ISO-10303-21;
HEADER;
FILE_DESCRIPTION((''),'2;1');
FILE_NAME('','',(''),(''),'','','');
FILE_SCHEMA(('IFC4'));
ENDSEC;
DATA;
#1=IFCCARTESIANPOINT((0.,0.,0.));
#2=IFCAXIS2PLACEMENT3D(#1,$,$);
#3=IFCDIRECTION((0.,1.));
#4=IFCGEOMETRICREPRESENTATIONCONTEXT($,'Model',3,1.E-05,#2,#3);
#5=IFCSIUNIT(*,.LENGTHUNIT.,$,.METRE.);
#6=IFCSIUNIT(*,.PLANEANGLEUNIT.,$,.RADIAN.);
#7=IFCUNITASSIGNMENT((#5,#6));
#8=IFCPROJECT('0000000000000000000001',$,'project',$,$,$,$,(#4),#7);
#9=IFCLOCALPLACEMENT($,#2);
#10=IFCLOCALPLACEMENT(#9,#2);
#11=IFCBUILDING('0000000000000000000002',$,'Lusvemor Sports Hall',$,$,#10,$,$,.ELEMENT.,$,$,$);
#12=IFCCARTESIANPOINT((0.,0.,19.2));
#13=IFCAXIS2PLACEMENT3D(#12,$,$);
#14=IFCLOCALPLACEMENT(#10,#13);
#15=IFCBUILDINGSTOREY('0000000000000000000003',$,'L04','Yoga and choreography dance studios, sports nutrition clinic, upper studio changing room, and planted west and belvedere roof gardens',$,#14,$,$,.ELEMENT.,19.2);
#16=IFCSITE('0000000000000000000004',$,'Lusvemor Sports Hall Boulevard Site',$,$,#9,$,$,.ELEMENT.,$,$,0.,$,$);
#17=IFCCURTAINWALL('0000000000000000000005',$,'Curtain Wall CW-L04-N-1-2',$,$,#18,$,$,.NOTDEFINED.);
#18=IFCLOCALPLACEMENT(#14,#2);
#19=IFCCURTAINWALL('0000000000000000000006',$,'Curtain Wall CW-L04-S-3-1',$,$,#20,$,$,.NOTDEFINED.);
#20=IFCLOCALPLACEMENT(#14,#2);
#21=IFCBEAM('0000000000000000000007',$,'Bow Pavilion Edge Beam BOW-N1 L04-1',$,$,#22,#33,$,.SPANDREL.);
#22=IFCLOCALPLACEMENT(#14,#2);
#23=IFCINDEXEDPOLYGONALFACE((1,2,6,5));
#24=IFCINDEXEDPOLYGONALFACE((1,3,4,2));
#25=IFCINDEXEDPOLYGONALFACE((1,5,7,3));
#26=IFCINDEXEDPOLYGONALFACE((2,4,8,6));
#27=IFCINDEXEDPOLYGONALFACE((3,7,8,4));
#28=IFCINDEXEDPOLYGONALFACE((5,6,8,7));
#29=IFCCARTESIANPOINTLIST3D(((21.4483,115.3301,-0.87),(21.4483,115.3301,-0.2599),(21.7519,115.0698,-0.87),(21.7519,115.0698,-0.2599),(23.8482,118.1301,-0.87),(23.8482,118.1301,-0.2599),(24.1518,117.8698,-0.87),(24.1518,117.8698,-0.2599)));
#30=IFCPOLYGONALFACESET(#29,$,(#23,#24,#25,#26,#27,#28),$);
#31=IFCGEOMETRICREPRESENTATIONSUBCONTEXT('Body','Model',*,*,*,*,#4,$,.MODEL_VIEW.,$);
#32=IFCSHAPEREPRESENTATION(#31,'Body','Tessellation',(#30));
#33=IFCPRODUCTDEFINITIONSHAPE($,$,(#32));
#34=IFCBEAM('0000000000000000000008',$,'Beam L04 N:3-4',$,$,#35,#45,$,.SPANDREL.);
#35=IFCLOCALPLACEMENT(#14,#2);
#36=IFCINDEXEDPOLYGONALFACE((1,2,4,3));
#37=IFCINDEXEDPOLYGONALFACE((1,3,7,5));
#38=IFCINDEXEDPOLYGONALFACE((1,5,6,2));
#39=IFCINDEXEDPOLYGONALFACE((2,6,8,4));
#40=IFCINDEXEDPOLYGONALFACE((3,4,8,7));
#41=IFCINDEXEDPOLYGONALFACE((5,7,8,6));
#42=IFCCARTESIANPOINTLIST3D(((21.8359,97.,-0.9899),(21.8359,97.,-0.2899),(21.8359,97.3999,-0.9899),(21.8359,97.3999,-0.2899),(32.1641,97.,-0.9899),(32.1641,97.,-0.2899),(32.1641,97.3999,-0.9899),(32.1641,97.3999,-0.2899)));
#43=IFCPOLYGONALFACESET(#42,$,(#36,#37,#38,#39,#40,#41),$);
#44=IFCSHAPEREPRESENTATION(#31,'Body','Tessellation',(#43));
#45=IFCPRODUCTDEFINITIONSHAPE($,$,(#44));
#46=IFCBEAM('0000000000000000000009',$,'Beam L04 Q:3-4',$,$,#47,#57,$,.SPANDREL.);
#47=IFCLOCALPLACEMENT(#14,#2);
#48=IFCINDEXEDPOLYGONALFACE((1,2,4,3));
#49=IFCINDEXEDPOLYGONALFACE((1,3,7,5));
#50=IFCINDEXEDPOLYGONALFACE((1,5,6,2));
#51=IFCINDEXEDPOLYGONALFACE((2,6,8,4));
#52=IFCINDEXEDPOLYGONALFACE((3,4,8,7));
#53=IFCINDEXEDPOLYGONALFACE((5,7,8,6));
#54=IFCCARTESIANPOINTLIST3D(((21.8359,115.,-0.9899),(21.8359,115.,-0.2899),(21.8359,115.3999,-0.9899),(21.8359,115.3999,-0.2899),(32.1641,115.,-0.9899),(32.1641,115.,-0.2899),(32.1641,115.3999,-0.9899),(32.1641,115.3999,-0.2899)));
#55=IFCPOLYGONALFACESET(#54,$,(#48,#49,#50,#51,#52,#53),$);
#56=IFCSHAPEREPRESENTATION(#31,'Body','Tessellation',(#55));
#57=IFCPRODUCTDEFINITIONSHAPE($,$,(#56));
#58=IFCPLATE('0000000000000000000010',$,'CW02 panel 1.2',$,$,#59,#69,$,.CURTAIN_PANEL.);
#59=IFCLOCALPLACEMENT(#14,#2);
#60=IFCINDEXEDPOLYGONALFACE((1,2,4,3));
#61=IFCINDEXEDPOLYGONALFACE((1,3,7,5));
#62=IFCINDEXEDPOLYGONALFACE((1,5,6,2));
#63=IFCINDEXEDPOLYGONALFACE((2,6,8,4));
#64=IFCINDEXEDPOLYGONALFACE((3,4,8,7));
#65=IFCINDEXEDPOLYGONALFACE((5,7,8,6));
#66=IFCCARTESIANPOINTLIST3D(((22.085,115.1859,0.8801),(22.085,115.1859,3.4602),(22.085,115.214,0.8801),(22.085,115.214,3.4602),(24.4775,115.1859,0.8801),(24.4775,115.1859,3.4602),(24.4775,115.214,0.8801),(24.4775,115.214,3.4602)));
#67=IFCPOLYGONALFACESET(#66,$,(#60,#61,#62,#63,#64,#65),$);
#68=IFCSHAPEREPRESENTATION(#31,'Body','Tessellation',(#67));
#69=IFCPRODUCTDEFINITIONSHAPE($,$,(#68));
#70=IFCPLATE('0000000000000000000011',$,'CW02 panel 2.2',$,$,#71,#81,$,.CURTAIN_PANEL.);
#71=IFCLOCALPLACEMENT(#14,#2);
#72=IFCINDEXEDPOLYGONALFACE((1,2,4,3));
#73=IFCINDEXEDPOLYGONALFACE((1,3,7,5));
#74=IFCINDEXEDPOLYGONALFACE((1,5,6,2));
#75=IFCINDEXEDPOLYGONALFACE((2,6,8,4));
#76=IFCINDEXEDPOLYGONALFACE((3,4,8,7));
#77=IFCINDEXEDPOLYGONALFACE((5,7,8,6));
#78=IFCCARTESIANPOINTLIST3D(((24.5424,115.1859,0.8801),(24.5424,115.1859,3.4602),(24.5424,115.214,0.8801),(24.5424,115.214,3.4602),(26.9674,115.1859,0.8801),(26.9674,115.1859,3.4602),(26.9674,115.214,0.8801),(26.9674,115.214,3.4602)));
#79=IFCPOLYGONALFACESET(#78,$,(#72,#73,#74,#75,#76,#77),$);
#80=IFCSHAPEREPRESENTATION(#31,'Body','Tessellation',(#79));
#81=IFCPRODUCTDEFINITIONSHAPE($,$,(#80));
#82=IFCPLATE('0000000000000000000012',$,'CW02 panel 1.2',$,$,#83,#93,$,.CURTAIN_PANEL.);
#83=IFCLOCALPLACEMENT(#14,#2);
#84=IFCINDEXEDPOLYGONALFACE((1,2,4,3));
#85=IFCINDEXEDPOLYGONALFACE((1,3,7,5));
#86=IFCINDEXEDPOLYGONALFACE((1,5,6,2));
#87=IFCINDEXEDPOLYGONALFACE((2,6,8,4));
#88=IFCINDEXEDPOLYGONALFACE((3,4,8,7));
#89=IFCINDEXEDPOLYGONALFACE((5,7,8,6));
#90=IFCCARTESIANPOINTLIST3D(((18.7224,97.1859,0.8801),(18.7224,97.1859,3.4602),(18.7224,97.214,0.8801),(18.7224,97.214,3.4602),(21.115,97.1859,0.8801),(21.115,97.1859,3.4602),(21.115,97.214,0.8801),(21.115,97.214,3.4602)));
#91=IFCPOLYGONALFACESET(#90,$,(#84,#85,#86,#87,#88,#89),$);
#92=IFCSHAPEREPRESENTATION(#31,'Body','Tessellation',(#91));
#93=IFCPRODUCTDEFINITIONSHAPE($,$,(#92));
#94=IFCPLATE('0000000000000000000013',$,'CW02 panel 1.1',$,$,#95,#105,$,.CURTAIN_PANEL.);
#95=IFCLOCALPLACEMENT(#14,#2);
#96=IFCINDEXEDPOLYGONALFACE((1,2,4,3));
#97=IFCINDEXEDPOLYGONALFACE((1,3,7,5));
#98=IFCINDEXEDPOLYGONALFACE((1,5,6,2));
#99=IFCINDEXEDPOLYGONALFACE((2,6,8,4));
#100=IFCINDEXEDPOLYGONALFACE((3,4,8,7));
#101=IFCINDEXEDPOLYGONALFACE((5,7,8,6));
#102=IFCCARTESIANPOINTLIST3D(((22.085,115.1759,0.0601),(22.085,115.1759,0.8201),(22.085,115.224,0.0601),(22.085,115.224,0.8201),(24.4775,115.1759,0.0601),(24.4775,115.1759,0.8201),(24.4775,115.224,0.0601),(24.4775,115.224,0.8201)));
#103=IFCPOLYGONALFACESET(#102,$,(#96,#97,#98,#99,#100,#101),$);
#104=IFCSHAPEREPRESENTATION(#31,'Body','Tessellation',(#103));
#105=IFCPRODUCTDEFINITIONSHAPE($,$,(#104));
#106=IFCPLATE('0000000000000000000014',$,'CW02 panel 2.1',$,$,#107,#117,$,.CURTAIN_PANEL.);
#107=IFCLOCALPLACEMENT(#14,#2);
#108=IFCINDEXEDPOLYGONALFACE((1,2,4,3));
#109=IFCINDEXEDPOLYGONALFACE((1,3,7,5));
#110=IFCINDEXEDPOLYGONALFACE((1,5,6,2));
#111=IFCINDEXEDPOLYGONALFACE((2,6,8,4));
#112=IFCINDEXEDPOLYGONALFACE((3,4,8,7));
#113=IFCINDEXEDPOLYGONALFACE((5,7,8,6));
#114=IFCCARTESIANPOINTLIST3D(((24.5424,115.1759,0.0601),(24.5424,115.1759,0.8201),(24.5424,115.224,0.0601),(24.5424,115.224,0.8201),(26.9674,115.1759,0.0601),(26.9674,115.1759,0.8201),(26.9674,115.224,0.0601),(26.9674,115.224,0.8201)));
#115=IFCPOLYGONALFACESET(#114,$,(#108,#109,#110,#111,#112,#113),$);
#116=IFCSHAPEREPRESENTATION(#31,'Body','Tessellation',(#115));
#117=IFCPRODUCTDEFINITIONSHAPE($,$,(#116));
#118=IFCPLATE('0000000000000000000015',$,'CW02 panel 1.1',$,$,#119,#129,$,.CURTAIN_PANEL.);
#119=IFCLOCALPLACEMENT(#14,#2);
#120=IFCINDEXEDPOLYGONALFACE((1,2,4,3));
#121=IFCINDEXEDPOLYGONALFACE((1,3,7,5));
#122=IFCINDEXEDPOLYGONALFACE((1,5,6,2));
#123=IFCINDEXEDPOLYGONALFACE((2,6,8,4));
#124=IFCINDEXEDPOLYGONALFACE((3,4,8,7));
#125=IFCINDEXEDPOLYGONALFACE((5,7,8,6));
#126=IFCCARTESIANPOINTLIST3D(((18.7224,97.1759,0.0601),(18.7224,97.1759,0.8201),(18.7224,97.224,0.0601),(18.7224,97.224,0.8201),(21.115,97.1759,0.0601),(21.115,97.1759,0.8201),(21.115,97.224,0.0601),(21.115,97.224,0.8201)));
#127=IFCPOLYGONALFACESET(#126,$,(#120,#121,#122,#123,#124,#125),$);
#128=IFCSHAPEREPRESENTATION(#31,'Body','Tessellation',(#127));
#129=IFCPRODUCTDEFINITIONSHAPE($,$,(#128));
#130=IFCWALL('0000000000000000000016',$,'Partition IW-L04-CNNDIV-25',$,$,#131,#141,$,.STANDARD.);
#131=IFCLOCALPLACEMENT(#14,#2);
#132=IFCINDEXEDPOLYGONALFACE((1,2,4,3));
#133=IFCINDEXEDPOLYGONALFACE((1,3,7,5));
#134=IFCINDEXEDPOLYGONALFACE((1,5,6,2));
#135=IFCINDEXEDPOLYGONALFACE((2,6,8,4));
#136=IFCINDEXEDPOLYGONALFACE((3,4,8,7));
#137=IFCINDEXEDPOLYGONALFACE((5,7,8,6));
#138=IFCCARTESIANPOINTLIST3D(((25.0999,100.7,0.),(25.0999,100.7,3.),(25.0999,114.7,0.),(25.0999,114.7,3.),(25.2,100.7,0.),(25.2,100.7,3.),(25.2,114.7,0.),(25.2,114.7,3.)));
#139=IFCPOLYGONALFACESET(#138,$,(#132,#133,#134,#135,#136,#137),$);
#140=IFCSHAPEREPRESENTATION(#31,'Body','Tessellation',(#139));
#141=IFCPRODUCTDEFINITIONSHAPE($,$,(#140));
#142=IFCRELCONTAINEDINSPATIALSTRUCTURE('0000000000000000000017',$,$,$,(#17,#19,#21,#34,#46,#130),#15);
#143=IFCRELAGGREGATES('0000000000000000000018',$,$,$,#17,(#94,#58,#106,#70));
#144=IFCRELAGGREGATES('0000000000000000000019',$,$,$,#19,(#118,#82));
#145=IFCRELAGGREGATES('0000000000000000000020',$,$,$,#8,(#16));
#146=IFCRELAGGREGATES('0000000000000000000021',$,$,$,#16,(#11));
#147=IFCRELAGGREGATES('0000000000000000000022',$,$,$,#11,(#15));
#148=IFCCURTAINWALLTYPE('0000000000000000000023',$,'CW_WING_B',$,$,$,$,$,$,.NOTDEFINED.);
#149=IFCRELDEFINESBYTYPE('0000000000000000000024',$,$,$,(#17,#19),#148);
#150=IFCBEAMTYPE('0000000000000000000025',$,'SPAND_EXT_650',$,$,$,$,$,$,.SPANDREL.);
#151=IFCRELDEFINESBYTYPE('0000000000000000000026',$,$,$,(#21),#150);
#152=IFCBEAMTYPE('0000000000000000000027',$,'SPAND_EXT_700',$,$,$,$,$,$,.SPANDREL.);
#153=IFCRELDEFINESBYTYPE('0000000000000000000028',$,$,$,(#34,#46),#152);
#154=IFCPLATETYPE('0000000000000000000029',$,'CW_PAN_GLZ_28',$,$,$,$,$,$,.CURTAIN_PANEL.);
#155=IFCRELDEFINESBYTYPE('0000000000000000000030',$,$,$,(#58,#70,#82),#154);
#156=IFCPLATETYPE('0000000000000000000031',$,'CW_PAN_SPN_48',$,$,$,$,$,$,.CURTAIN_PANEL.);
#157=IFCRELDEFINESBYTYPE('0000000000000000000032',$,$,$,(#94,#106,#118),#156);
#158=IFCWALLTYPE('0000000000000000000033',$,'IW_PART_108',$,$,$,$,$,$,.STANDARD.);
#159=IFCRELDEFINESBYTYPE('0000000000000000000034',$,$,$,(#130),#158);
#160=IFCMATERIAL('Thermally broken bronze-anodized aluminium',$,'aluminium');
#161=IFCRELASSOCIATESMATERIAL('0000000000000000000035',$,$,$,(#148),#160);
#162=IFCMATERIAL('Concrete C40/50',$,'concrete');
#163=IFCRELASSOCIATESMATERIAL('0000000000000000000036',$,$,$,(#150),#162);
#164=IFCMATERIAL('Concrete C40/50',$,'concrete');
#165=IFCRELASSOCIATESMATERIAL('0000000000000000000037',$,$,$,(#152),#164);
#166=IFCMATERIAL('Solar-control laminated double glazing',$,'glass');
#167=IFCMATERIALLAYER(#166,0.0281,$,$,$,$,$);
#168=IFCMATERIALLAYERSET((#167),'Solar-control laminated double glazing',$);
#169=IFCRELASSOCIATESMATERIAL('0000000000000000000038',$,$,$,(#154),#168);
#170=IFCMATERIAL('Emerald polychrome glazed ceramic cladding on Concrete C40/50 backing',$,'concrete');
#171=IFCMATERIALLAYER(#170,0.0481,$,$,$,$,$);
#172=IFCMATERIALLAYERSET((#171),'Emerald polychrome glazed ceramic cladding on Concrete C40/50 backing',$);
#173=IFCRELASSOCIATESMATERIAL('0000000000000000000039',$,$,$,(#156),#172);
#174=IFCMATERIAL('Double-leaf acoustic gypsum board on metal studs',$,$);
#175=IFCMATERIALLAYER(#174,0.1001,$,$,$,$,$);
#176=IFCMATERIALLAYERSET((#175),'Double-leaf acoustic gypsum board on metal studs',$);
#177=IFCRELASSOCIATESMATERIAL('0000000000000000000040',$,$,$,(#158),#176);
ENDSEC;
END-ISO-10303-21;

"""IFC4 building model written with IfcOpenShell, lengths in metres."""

from ifc_helpers import new_model, si_unit, direction, frame, frame_2d, origin, origin_2d, place, context, subcontext, project, spatial, rectangle, extrude, material, layer, layer_set, material_profile, profile_set, type_object, element, aggregate, save


model = new_model("IFC4")

# Units and contexts
model_context = context("Model", 3, precision=1e-05, world=origin(), true_north=direction((0.0, 1.0)))
body_context = subcontext(model_context, "Body", "Model", "MODEL_VIEW")
ifc_project = project(units=[si_unit("LENGTHUNIT", "METRE"), si_unit("PLANEANGLEUNIT", "RADIAN")], contexts=[model_context])

# Site, building, storey
site_placement = place(None, origin())
site = spatial("IfcSite", under=ifc_project, at=site_placement, Name="Lusvemor Sports Hall Boulevard Site", CompositionType="ELEMENT", RefElevation=0.0)
building_placement = place(site_placement, origin())
building = spatial("IfcBuilding", under=site, at=building_placement, Name="Lusvemor Sports Hall", CompositionType="ELEMENT")
storey_placement = place(building_placement, frame((0.0, 0.0, 19.2)))
storey = spatial("IfcBuildingStorey", under=building, at=storey_placement, Name="L04", Description="Yoga and choreography dance studios, sports nutrition clinic, upper studio changing room, and planted west and belvedere roof gardens", CompositionType="ELEMENT", Elevation=19.2)

# Curtain walls
ifc_material_1 = material(Name="Thermally broken bronze-anodized aluminium", Category="aluminium")
curtain_wall_type = type_object("IfcCurtainWallType", Name="CW_WING_B", PredefinedType="NOTDEFINED", material=ifc_material_1)
curtain_wall_1_placement = place(storey_placement, origin())
curtain_wall_1 = element("IfcCurtainWall", 1, at=curtain_wall_1_placement, inside=storey, type_object=curtain_wall_type, Name="Curtain Wall CW-L04-N-1-2", PredefinedType="NOTDEFINED")
curtain_wall_2_placement = place(storey_placement, origin())
curtain_wall_2 = element("IfcCurtainWall", 2, at=curtain_wall_2_placement, inside=storey, type_object=curtain_wall_type, Name="Curtain Wall CW-L04-S-3-1", PredefinedType="NOTDEFINED")

# Beams
ifc_material_2 = material(Name="Concrete C40/50", Category="concrete")
ifc_material_profile_1 = material_profile(ifc_material_2, rectangle(XDim=0.3999, YDim=0.6101, at=origin_2d()), Name="RC400x610")
ifc_profile_set_1 = profile_set([ifc_material_profile_1], Name="Concrete C40/50")
beam_type_1 = type_object("IfcBeamType", Name="SPAND_EXT_650", PredefinedType="SPANDREL", material=ifc_profile_set_1)
beam_1_placement = place(storey_placement, frame((21.6001, 115.2, -0.5649), z_axis=(0.65077, 0.759275, 0.0), x_axis=(-0.759275, 0.65077, 0.0)))
element("IfcBeam", 3, at=beam_1_placement, inside=storey, type_object=beam_type_1, Name="Bow Pavilion Edge Beam BOW-N1 L04-1", PredefinedType="SPANDREL", context=body_context, shape_type="SweptSolid", body=[
    extrude(rectangle(XDim=0.3999, YDim=0.6101, at=origin_2d()), origin(), (0.0, 0.0, 1.0), 3.6877),
])
ifc_material_3 = material(Name="Concrete C40/50", Category="concrete")
ifc_material_profile_2 = material_profile(ifc_material_3, rectangle(XDim=0.3999, YDim=0.7, at=origin_2d()), Name="RC400x700")
ifc_profile_set_2 = profile_set([ifc_material_profile_2], Name="Concrete C40/50")
beam_type_2 = type_object("IfcBeamType", Name="SPAND_EXT_700", PredefinedType="SPANDREL", material=ifc_profile_set_2)
for number, where, z_axis, x_axis, name in (
    (4, (21.8359, 97.2, -0.6399), (1.0, 0.0, 0.0), (0.0, 1.0, 0.0), "Beam L04 N:3-4"),
    (5, (21.8359, 115.2, -0.6399), (1.0, 0.0, 0.0), (0.0, 1.0, 0.0), "Beam L04 Q:3-4"),
):
    element("IfcBeam", number, at=place(storey_placement, frame(where, z_axis=z_axis, x_axis=x_axis)), inside=storey, type_object=beam_type_2, Name=name, PredefinedType="SPANDREL", context=body_context, shape_type="SweptSolid", body=[
        extrude(rectangle(XDim=0.3999, YDim=0.7, at=origin_2d()), origin(), (0.0, 0.0, 1.0), 10.3281),
    ])

# Plates
ifc_material_4 = material(Name="Solar-control laminated double glazing", Category="glass")
ifc_layer_1 = layer(ifc_material_4, 0.0281)
ifc_layer_set_1 = layer_set([ifc_layer_1], Name="Solar-control laminated double glazing")
plate_type_1 = type_object("IfcPlateType", Name="CW_PAN_GLZ_28", PredefinedType="CURTAIN_PANEL", material=ifc_layer_set_1)
plate_1_placement = place(storey_placement, frame((23.2812, 115.2, 0.8801), z_axis=(0.0, 0.0, 1.0), x_axis=(1.0, 0.0, 0.0)))
plate_1 = element("IfcPlate", 6, at=plate_1_placement, type_object=plate_type_1, Name="CW02 panel 1.2", PredefinedType="CURTAIN_PANEL", context=body_context, shape_type="SweptSolid", body=[
    extrude(rectangle(XDim=2.3926, YDim=0.0281, at=origin_2d()), origin(), (0.0, 0.0, 1.0), 2.5801),
])
plate_2_placement = place(storey_placement, frame((25.7549, 115.2, 0.8801), z_axis=(0.0, 0.0, 1.0), x_axis=(1.0, 0.0, 0.0)))
plate_2 = element("IfcPlate", 7, at=plate_2_placement, type_object=plate_type_1, Name="CW02 panel 2.2", PredefinedType="CURTAIN_PANEL", context=body_context, shape_type="SweptSolid", body=[
    extrude(rectangle(XDim=2.425, YDim=0.0281, at=origin_2d()), origin(), (0.0, 0.0, 1.0), 2.5801),
])
plate_3_placement = place(storey_placement, frame((19.9187, 97.2, 0.8801), z_axis=(0.0, 0.0, 1.0), x_axis=(-1.0, 0.0, 0.0)))
plate_3 = element("IfcPlate", 8, at=plate_3_placement, type_object=plate_type_1, Name="CW02 panel 1.2", PredefinedType="CURTAIN_PANEL", context=body_context, shape_type="SweptSolid", body=[
    extrude(rectangle(XDim=2.3926, YDim=0.0281, at=origin_2d()), origin(), (0.0, 0.0, 1.0), 2.5801),
])
ifc_material_5 = material(Name="Emerald polychrome glazed ceramic cladding on Concrete C40/50 backing", Category="concrete")
ifc_layer_2 = layer(ifc_material_5, 0.0481)
ifc_layer_set_2 = layer_set([ifc_layer_2], Name="Emerald polychrome glazed ceramic cladding on Concrete C40/50 backing")
plate_type_2 = type_object("IfcPlateType", Name="CW_PAN_SPN_48", PredefinedType="CURTAIN_PANEL", material=ifc_layer_set_2)
plate_4_placement = place(storey_placement, frame((23.2812, 115.2, 0.0601), z_axis=(0.0, 0.0, 1.0), x_axis=(1.0, 0.0, 0.0)))
plate_4 = element("IfcPlate", 9, at=plate_4_placement, type_object=plate_type_2, Name="CW02 panel 1.1", PredefinedType="CURTAIN_PANEL", context=body_context, shape_type="SweptSolid", body=[
    extrude(rectangle(XDim=2.3926, YDim=0.0481, at=origin_2d()), origin(), (0.0, 0.0, 1.0), 0.76),
])
plate_5_placement = place(storey_placement, frame((25.7549, 115.2, 0.0601), z_axis=(0.0, 0.0, 1.0), x_axis=(1.0, 0.0, 0.0)))
plate_5 = element("IfcPlate", 10, at=plate_5_placement, type_object=plate_type_2, Name="CW02 panel 2.1", PredefinedType="CURTAIN_PANEL", context=body_context, shape_type="SweptSolid", body=[
    extrude(rectangle(XDim=2.425, YDim=0.0481, at=origin_2d()), origin(), (0.0, 0.0, 1.0), 0.76),
])
aggregate(curtain_wall_1, [plate_4, plate_1, plate_5, plate_2])
plate_6_placement = place(storey_placement, frame((19.9187, 97.2, 0.0601), z_axis=(0.0, 0.0, 1.0), x_axis=(-1.0, 0.0, 0.0)))
plate_6 = element("IfcPlate", 11, at=plate_6_placement, type_object=plate_type_2, Name="CW02 panel 1.1", PredefinedType="CURTAIN_PANEL", context=body_context, shape_type="SweptSolid", body=[
    extrude(rectangle(XDim=2.3926, YDim=0.0481, at=origin_2d()), origin(), (0.0, 0.0, 1.0), 0.76),
])
aggregate(curtain_wall_2, [plate_6, plate_3])

# Wall
ifc_material_6 = material(Name="Double-leaf acoustic gypsum board on metal studs")
ifc_layer_3 = layer(ifc_material_6, 0.1001)
ifc_layer_set_3 = layer_set([ifc_layer_3], Name="Double-leaf acoustic gypsum board on metal studs")
wall_type_1 = type_object("IfcWallType", Name="IW_PART_108", PredefinedType="STANDARD", material=ifc_layer_set_3)
wall_1_placement = place(storey_placement, frame((25.1499, 100.7, 0.0), z_axis=(0.0, 0.0, 1.0), x_axis=(0.0, 1.0, 0.0)))
element("IfcWall", 12, at=wall_1_placement, inside=storey, type_object=wall_type_1, Name="Partition IW-L04-CNNDIV-25", PredefinedType="STANDARD", context=body_context, shape_type="SweptSolid", body=[
    extrude(rectangle(XDim=14.0, YDim=0.1001, at=frame_2d((7.0, 0.0))), origin(), (0.0, 0.0, 1.0), 3.0),
])

save(model, "model.ifc")
